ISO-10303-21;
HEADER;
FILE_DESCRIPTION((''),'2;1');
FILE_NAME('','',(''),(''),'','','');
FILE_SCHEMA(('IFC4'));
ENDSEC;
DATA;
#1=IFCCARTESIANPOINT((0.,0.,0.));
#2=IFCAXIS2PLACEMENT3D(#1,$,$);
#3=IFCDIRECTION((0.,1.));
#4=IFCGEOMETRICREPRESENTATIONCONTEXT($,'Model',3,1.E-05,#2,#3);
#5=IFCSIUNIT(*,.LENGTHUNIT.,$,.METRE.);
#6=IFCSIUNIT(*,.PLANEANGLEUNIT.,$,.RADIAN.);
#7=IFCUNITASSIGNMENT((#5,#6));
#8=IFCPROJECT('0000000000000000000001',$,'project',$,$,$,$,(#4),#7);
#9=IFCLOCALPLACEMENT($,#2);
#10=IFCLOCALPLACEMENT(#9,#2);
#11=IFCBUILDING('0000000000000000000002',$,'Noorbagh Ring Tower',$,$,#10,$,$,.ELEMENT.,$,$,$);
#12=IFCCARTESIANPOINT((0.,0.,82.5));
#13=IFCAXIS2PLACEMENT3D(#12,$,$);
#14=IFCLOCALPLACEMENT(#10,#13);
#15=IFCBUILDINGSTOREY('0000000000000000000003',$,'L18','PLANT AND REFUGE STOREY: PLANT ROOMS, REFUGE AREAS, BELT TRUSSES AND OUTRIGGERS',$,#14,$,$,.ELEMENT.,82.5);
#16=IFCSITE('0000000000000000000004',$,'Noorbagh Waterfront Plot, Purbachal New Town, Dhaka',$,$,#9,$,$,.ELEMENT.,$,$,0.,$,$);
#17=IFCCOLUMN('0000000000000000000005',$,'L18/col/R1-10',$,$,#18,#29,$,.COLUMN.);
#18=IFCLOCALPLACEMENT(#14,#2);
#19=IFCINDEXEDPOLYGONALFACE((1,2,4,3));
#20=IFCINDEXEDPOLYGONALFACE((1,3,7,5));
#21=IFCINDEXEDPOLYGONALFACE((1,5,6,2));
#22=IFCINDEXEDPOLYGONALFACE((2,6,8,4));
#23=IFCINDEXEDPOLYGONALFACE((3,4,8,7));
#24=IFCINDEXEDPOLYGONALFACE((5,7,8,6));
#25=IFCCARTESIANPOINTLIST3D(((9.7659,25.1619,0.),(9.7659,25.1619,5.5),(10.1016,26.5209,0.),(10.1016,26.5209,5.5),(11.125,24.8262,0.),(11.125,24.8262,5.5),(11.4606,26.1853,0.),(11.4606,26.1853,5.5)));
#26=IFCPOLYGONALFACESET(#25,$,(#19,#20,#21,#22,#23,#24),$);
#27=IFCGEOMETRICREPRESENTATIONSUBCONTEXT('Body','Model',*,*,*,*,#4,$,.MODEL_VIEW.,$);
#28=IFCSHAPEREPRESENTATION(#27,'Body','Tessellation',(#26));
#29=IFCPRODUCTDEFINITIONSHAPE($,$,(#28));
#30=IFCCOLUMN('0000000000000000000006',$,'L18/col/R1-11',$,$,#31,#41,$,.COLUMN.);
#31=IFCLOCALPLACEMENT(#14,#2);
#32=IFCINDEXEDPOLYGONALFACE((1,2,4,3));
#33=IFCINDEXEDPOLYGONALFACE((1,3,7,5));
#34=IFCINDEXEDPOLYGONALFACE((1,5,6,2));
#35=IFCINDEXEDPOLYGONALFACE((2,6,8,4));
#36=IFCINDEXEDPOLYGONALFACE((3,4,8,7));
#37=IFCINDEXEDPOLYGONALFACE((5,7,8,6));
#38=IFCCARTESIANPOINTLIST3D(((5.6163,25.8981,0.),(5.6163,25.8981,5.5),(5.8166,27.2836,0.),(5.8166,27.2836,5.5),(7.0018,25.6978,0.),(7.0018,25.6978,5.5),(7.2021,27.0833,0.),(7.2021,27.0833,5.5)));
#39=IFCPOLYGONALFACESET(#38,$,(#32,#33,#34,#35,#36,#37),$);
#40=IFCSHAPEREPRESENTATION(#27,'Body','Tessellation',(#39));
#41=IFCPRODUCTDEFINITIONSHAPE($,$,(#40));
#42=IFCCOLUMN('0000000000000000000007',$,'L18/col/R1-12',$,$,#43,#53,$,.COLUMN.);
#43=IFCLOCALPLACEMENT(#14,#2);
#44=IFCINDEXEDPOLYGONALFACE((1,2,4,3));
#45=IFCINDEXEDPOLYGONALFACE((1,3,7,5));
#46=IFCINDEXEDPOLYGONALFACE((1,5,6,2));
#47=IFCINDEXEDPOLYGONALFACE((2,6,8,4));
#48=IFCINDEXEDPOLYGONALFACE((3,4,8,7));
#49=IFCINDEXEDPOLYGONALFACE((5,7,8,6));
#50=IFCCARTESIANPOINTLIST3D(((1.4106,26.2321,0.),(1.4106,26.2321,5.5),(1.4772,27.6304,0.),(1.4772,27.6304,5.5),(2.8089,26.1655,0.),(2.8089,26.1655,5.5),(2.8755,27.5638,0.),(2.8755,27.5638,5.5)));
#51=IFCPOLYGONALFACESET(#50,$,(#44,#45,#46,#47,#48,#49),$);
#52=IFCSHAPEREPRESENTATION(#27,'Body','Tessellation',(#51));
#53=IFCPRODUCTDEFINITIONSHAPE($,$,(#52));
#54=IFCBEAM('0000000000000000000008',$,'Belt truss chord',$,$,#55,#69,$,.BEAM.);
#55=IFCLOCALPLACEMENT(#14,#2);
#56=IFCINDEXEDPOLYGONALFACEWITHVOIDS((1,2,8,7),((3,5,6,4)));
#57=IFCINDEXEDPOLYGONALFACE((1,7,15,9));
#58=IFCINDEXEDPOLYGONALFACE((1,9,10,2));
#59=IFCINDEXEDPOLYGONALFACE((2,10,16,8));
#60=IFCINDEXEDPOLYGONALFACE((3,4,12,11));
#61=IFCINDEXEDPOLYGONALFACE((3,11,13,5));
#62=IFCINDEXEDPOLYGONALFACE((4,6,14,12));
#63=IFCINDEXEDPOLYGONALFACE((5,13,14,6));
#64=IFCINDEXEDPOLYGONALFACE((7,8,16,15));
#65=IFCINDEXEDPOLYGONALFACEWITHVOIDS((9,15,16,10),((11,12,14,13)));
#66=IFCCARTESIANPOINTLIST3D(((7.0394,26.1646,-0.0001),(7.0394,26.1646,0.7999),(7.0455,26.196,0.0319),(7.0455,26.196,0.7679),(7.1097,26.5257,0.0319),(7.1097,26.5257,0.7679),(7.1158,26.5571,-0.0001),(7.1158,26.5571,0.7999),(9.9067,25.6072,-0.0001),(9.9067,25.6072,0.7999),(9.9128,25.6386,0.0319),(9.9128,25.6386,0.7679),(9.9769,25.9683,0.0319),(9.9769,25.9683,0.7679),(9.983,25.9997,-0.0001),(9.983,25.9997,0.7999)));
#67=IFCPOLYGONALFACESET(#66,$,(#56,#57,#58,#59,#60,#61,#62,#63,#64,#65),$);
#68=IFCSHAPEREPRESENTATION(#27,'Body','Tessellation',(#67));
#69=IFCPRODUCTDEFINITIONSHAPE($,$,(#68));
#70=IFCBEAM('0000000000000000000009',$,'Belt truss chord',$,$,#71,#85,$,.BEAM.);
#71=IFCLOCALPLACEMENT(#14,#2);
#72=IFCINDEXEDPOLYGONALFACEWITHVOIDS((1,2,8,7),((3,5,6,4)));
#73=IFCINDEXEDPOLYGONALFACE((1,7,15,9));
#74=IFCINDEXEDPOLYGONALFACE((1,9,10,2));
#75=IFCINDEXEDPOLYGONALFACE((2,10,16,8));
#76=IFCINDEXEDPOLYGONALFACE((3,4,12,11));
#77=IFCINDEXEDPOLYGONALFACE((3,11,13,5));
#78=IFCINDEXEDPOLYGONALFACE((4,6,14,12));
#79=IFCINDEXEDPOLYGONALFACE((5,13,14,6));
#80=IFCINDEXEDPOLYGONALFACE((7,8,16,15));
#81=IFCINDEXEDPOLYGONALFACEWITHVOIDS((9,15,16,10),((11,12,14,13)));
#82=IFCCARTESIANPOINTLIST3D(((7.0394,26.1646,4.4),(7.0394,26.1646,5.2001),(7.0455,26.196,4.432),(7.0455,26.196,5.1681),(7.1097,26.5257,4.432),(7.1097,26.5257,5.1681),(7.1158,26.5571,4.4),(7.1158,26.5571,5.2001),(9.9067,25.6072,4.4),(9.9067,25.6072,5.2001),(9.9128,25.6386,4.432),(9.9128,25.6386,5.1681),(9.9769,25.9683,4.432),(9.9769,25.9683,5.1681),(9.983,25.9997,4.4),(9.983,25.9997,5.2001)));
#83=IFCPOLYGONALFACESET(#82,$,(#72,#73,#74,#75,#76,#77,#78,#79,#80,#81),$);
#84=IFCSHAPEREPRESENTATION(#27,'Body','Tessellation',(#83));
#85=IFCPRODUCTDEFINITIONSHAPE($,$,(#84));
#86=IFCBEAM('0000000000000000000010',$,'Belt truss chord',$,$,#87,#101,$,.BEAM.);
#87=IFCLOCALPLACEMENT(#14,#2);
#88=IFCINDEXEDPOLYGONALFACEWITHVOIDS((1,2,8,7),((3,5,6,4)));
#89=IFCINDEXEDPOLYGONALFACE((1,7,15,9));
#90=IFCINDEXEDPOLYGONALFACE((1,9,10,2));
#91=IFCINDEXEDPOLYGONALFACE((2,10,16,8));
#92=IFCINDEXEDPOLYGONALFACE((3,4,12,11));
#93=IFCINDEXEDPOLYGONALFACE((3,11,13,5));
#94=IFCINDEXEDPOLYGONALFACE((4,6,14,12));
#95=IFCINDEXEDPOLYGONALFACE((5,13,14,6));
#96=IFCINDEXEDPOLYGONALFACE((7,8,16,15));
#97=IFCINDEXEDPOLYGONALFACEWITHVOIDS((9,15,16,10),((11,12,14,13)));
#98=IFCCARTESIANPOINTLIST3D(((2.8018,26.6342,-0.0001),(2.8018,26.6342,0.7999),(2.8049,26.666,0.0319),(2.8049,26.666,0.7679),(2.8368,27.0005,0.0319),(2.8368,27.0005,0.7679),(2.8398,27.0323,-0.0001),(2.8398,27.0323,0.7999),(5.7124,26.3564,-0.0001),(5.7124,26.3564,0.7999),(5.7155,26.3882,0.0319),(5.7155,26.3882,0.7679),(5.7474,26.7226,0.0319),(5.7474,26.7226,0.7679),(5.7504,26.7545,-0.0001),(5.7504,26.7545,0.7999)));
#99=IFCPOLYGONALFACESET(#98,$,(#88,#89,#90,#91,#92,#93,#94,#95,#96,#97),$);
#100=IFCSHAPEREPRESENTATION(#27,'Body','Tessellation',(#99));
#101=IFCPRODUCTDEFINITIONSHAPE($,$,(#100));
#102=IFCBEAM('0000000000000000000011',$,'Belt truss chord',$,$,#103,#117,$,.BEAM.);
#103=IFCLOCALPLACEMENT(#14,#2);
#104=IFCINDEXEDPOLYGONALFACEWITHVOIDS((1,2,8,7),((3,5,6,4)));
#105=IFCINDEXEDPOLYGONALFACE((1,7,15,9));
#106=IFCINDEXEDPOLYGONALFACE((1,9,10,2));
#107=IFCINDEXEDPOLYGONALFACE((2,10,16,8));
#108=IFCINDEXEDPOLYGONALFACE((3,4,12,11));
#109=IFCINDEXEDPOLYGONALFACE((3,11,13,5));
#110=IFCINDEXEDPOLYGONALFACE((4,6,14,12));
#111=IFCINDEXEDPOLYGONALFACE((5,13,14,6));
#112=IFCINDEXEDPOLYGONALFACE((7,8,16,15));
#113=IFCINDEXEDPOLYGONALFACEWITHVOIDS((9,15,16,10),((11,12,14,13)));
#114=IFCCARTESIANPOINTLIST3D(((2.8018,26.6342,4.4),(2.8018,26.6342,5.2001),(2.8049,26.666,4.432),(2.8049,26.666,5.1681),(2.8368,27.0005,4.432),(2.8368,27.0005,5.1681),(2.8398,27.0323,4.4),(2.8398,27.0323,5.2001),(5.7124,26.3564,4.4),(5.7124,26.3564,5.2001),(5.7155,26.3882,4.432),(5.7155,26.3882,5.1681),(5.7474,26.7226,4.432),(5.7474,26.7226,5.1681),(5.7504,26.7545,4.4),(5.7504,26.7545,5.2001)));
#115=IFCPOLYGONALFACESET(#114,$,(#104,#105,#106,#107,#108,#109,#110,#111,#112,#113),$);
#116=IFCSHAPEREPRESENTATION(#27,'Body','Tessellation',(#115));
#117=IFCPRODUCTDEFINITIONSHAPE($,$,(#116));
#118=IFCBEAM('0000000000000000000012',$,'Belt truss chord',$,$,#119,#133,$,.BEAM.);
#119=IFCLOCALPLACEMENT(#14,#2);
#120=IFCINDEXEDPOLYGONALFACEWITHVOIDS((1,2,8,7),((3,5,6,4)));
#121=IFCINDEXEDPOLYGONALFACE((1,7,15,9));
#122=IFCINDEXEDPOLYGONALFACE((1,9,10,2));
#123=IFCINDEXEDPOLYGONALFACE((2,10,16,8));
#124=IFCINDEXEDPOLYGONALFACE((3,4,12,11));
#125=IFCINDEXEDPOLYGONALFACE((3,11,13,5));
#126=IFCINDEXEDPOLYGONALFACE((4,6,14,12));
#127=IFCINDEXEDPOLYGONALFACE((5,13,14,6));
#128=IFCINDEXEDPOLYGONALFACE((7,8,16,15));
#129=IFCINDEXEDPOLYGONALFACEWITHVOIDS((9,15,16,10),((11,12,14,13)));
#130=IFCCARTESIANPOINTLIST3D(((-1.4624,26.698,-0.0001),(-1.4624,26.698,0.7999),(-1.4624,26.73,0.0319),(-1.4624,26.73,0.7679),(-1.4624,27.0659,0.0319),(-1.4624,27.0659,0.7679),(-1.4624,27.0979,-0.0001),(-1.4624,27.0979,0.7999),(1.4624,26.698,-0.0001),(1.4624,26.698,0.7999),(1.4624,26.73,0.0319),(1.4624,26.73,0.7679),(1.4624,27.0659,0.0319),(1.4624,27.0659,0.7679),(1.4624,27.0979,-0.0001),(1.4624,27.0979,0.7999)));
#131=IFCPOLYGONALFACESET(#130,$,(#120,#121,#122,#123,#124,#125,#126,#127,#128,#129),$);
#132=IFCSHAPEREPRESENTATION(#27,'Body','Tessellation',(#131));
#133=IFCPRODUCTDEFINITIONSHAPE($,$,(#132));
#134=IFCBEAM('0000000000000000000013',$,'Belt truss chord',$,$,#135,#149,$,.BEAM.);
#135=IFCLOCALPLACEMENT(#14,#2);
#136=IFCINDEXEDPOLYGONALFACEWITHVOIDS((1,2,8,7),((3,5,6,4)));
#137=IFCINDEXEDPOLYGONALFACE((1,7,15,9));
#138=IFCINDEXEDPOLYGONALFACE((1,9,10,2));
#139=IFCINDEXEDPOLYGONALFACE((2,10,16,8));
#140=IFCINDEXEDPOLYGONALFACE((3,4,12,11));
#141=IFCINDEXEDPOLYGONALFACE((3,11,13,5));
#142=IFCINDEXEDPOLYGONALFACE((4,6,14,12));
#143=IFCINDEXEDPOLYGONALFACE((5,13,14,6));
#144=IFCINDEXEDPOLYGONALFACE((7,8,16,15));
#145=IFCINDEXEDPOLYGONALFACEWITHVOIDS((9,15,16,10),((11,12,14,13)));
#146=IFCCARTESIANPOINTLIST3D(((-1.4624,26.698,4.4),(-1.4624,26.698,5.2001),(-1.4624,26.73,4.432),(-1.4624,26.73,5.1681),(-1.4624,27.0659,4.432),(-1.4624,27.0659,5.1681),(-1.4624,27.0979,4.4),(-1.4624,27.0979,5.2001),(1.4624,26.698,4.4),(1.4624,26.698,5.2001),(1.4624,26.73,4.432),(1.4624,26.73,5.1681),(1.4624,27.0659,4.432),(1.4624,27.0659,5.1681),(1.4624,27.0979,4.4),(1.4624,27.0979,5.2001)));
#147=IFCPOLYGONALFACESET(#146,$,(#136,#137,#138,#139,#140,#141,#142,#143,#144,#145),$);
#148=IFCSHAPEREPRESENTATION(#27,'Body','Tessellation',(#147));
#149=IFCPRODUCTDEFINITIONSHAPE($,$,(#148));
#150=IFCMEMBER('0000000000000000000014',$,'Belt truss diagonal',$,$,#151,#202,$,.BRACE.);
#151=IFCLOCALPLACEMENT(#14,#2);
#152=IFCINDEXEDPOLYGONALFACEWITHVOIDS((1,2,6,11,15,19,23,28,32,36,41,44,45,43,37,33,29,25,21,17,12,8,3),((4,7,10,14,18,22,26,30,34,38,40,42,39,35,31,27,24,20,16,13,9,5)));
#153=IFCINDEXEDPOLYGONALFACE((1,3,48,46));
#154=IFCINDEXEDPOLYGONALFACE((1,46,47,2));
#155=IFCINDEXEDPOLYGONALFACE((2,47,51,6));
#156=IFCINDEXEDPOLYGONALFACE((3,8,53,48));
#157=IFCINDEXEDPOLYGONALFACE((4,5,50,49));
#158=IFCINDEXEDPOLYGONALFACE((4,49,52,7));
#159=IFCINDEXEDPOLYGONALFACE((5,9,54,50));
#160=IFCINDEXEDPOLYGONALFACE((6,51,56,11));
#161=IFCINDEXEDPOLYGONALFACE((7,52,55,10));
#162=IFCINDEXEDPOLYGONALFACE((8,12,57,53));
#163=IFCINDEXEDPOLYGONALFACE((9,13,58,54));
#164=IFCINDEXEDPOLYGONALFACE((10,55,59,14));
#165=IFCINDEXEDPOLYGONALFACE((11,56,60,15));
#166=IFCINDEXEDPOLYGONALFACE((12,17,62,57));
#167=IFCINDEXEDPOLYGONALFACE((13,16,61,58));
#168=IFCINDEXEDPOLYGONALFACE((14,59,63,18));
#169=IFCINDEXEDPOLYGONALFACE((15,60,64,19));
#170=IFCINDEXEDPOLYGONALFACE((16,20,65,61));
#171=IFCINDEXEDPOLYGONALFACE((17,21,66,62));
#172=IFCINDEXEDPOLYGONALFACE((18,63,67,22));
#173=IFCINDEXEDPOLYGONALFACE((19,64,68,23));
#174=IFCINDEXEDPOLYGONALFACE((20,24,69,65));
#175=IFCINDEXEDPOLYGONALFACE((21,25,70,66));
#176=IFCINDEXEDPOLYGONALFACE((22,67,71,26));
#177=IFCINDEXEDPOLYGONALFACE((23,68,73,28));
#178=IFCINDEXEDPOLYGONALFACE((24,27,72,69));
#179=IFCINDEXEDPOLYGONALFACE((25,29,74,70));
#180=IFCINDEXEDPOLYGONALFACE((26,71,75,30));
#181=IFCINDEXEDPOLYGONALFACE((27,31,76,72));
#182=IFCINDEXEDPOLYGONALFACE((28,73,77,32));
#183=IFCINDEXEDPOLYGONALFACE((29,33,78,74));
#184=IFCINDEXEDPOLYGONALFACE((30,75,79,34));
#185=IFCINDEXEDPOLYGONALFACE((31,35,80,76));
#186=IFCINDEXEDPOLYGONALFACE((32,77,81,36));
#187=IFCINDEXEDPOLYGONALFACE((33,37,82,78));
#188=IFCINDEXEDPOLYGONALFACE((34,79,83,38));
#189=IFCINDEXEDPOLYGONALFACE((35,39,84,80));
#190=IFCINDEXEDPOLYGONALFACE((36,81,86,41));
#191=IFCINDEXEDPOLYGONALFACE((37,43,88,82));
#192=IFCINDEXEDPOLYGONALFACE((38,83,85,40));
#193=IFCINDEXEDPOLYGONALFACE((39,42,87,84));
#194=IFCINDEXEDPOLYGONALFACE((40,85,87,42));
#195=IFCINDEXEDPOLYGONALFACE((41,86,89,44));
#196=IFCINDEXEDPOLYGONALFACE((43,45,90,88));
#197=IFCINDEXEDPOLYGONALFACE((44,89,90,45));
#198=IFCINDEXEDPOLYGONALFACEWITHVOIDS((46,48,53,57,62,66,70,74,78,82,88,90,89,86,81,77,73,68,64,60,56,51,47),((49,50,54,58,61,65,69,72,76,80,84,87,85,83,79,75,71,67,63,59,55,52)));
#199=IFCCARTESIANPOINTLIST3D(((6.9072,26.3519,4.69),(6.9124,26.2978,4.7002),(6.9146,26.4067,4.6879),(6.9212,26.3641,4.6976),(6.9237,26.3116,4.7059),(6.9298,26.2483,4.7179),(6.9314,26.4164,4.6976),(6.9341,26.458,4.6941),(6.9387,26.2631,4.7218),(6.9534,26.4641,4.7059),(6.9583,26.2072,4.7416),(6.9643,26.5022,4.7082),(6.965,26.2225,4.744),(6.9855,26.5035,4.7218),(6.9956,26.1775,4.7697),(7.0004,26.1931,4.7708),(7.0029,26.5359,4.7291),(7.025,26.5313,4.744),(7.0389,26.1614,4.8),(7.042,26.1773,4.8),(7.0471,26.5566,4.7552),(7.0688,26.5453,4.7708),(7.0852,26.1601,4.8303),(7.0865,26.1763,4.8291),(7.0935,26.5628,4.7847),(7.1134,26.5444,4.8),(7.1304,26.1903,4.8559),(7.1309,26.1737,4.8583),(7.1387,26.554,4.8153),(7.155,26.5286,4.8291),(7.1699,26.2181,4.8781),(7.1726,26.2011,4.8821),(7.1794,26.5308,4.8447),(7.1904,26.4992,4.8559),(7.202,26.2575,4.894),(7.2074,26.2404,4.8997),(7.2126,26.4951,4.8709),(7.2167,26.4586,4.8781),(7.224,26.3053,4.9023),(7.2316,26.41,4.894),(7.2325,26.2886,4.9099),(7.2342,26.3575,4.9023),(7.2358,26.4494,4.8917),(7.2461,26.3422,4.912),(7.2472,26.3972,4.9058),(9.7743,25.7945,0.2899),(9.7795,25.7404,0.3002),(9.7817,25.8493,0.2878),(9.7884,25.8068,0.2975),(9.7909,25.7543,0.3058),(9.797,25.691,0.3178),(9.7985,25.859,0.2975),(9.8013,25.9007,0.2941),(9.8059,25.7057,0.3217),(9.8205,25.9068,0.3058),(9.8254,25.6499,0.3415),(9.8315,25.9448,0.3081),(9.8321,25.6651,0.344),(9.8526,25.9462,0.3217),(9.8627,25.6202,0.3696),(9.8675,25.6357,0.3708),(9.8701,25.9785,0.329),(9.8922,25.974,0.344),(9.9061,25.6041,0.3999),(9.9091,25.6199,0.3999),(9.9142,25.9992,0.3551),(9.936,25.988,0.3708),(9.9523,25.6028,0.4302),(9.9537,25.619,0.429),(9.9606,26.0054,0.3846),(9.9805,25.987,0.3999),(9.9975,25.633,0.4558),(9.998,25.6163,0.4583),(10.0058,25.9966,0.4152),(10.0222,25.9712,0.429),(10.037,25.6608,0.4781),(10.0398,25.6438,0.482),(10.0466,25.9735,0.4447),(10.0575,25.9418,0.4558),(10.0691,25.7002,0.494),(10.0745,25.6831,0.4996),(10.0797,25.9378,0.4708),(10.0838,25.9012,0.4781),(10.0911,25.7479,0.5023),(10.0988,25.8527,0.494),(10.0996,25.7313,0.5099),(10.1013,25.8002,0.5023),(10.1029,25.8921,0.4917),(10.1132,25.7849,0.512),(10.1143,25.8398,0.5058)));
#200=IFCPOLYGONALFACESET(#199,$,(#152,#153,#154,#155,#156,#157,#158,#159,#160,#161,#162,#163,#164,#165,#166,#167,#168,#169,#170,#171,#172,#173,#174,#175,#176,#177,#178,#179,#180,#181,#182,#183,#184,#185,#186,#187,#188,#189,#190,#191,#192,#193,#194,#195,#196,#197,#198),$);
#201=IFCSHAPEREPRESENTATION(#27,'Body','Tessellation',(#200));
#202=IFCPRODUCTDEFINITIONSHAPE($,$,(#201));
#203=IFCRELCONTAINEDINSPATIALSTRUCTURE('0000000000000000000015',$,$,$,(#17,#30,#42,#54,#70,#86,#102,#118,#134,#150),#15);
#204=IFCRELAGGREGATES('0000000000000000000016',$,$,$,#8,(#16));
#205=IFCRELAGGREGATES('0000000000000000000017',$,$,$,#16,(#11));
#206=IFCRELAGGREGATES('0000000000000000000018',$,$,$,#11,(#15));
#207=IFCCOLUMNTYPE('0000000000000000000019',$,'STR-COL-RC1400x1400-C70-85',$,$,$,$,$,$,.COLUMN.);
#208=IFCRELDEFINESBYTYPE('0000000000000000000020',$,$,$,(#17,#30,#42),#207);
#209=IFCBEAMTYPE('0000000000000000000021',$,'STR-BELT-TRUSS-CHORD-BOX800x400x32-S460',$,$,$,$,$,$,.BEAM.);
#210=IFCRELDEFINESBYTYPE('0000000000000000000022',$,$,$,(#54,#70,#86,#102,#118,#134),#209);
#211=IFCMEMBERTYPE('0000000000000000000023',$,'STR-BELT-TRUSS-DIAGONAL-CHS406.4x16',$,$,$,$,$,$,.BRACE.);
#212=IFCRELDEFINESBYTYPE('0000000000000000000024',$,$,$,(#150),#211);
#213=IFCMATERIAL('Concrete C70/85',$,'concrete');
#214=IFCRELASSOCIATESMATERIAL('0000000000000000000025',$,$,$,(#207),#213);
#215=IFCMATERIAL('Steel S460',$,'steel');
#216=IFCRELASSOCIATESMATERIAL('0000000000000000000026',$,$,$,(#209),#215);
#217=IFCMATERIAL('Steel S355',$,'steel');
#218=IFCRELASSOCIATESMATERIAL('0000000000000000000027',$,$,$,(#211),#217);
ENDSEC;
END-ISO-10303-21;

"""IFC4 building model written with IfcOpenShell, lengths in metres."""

from ifc_helpers import new_model, si_unit, direction, frame, origin, origin_2d, place, context, subcontext, project, spatial, rectangle, hollow_rectangle, hollow_circle, extrude, material, material_profile, profile_set, type_object, element, save


model = new_model("IFC4")

# Units and contexts
model_context = context("Model", 3, precision=1e-05, world=origin(), true_north=direction((0.0, 1.0)))
body_context = subcontext(model_context, "Body", "Model", "MODEL_VIEW")
ifc_project = project(units=[si_unit("LENGTHUNIT", "METRE"), si_unit("PLANEANGLEUNIT", "RADIAN")], contexts=[model_context])

# Site, building, storey
site_placement = place(None, origin())
site = spatial("IfcSite", under=ifc_project, at=site_placement, Name="Noorbagh Waterfront Plot, Purbachal New Town, Dhaka", CompositionType="ELEMENT", RefElevation=0.0)
building_placement = place(site_placement, origin())
building = spatial("IfcBuilding", under=site, at=building_placement, Name="Noorbagh Ring Tower", CompositionType="ELEMENT")
storey_placement = place(building_placement, frame((0.0, 0.0, 82.5)))
storey = spatial("IfcBuildingStorey", under=building, at=storey_placement, Name="L18", Description="PLANT AND REFUGE STOREY: PLANT ROOMS, REFUGE AREAS, BELT TRUSSES AND OUTRIGGERS", CompositionType="ELEMENT", Elevation=82.5)

# Columns
ifc_material_1 = material(Name="Concrete C70/85", Category="concrete")
ifc_material_profile_1 = material_profile(ifc_material_1, rectangle(XDim=1.3999, YDim=1.3999, at=origin_2d()), Name="RC1400x1400")
ifc_profile_set_1 = profile_set([ifc_material_profile_1], Name="Concrete C70/85")
column_type = type_object("IfcColumnType", Name="STR-COL-RC1400x1400-C70-85", PredefinedType="COLUMN", material=ifc_profile_set_1)
for number, where, z_axis, x_axis, name in (
    (1, (10.6133, 25.6736, 0.0), (0.0, 0.0, 1.0), (-0.970829, 0.239771, 0.0), "L18/col/R1-10"),
    (2, (6.4092, 26.4907, 0.0), (0.0, 0.0, 1.0), (-0.989713, 0.143066, 0.0), "L18/col/R1-11"),
    (3, (2.1431, 26.8979, 0.0), (0.0, 0.0, 1.0), (-0.998869, 0.047553, 0.0), "L18/col/R1-12"),
):
    element("IfcColumn", number, at=place(storey_placement, frame(where, z_axis=z_axis, x_axis=x_axis)), inside=storey, type_object=column_type, Name=name, PredefinedType="COLUMN", context=body_context, shape_type="SweptSolid", body=[
        extrude(rectangle(XDim=1.3999, YDim=1.3999, at=origin_2d()), origin(), (0.0, 0.0, 1.0), 5.5),
    ])

# Beams
ifc_material_2 = material(Name="Steel S460", Category="steel")
ifc_material_profile_2 = material_profile(ifc_material_2, hollow_rectangle(XDim=0.3999, YDim=0.8, WallThickness=0.032, at=origin_2d()), Name="BOX800x400x32")
ifc_profile_set_2 = profile_set([ifc_material_profile_2], Name="Steel S460")
beam_type_1 = type_object("IfcBeamType", Name="STR-BELT-TRUSS-CHORD-BOX800x400x32-S460", PredefinedType="BEAM", material=ifc_profile_set_2)
for number, where, z_axis, x_axis, name in (
    (4, (9.9448, 25.8035, 0.3999), (-0.981624, 0.190825, 0.0), (-0.190825, -0.981624, 0.0), "Belt truss chord"),
    (5, (9.9448, 25.8035, 4.8), (-0.981624, 0.190825, 0.0), (-0.190825, -0.981624, 0.0), "Belt truss chord"),
):
    element("IfcBeam", number, at=place(storey_placement, frame(where, z_axis=z_axis, x_axis=x_axis)), inside=storey, type_object=beam_type_1, Name=name, PredefinedType="BEAM", context=body_context, shape_type="SweptSolid", body=[
        extrude(hollow_rectangle(XDim=0.3999, YDim=0.8, WallThickness=0.032, at=origin_2d()), origin(), (0.0, 0.0, 1.0), 2.9209),
    ])
for number, where, z_axis, x_axis, name in (
    (6, (5.7314, 26.5554, 0.3999), (-0.995475, 0.095022, 0.0), (-0.095022, -0.995475, 0.0), "Belt truss chord"),
    (7, (5.7314, 26.5554, 4.8), (-0.995475, 0.095022, 0.0), (-0.095022, -0.995475, 0.0), "Belt truss chord"),
):
    element("IfcBeam", number, at=place(storey_placement, frame(where, z_axis=z_axis, x_axis=x_axis)), inside=storey, type_object=beam_type_1, Name=name, PredefinedType="BEAM", context=body_context, shape_type="SweptSolid", body=[
        extrude(hollow_rectangle(XDim=0.3999, YDim=0.8, WallThickness=0.032, at=origin_2d()), origin(), (0.0, 0.0, 1.0), 2.9238),
    ])
for number, where, z_axis, x_axis, name in (
    (8, (1.4624, 26.8979, 0.3999), (-1.0, 0.0, 0.0), (0.0, -1.0, 0.0), "Belt truss chord"),
    (9, (1.4624, 26.8979, 4.8), (-1.0, 0.0, 0.0), (0.0, -1.0, 0.0), "Belt truss chord"),
):
    element("IfcBeam", number, at=place(storey_placement, frame(where, z_axis=z_axis, x_axis=x_axis)), inside=storey, type_object=beam_type_1, Name=name, PredefinedType="BEAM", context=body_context, shape_type="SweptSolid", body=[
        extrude(hollow_rectangle(XDim=0.3999, YDim=0.8, WallThickness=0.032, at=origin_2d()), origin(), (0.0, 0.0, 1.0), 2.9248),
    ])

# Member
ifc_material_3 = material(Name="Steel S355", Category="steel")
ifc_material_profile_3 = material_profile(ifc_material_3, hollow_circle(Radius=0.2031, WallThickness=0.0161, at=origin_2d()), Name="CHS406.4x16")
ifc_profile_set_3 = profile_set([ifc_material_profile_3], Name="Steel S355")
member_type = type_object("IfcMemberType", Name="STR-BELT-TRUSS-DIAGONAL-CHS406.4x16", PredefinedType="BRACE", material=ifc_profile_set_3)
member_1_placement = place(storey_placement, frame((9.9448, 25.8035, 0.3999), z_axis=(-0.542889, 0.105536, 0.833147), x_axis=(-0.190825, -0.981624, 0.0)))
element("IfcMember", 10, at=member_1_placement, inside=storey, type_object=member_type, Name="Belt truss diagonal", PredefinedType="BRACE", context=body_context, shape_type="SweptSolid", body=[
    extrude(hollow_circle(Radius=0.2031, WallThickness=0.0161, at=origin_2d()), origin(), (0.0, 0.0, 1.0), 5.2812),
])

save(model, "model.ifc")
